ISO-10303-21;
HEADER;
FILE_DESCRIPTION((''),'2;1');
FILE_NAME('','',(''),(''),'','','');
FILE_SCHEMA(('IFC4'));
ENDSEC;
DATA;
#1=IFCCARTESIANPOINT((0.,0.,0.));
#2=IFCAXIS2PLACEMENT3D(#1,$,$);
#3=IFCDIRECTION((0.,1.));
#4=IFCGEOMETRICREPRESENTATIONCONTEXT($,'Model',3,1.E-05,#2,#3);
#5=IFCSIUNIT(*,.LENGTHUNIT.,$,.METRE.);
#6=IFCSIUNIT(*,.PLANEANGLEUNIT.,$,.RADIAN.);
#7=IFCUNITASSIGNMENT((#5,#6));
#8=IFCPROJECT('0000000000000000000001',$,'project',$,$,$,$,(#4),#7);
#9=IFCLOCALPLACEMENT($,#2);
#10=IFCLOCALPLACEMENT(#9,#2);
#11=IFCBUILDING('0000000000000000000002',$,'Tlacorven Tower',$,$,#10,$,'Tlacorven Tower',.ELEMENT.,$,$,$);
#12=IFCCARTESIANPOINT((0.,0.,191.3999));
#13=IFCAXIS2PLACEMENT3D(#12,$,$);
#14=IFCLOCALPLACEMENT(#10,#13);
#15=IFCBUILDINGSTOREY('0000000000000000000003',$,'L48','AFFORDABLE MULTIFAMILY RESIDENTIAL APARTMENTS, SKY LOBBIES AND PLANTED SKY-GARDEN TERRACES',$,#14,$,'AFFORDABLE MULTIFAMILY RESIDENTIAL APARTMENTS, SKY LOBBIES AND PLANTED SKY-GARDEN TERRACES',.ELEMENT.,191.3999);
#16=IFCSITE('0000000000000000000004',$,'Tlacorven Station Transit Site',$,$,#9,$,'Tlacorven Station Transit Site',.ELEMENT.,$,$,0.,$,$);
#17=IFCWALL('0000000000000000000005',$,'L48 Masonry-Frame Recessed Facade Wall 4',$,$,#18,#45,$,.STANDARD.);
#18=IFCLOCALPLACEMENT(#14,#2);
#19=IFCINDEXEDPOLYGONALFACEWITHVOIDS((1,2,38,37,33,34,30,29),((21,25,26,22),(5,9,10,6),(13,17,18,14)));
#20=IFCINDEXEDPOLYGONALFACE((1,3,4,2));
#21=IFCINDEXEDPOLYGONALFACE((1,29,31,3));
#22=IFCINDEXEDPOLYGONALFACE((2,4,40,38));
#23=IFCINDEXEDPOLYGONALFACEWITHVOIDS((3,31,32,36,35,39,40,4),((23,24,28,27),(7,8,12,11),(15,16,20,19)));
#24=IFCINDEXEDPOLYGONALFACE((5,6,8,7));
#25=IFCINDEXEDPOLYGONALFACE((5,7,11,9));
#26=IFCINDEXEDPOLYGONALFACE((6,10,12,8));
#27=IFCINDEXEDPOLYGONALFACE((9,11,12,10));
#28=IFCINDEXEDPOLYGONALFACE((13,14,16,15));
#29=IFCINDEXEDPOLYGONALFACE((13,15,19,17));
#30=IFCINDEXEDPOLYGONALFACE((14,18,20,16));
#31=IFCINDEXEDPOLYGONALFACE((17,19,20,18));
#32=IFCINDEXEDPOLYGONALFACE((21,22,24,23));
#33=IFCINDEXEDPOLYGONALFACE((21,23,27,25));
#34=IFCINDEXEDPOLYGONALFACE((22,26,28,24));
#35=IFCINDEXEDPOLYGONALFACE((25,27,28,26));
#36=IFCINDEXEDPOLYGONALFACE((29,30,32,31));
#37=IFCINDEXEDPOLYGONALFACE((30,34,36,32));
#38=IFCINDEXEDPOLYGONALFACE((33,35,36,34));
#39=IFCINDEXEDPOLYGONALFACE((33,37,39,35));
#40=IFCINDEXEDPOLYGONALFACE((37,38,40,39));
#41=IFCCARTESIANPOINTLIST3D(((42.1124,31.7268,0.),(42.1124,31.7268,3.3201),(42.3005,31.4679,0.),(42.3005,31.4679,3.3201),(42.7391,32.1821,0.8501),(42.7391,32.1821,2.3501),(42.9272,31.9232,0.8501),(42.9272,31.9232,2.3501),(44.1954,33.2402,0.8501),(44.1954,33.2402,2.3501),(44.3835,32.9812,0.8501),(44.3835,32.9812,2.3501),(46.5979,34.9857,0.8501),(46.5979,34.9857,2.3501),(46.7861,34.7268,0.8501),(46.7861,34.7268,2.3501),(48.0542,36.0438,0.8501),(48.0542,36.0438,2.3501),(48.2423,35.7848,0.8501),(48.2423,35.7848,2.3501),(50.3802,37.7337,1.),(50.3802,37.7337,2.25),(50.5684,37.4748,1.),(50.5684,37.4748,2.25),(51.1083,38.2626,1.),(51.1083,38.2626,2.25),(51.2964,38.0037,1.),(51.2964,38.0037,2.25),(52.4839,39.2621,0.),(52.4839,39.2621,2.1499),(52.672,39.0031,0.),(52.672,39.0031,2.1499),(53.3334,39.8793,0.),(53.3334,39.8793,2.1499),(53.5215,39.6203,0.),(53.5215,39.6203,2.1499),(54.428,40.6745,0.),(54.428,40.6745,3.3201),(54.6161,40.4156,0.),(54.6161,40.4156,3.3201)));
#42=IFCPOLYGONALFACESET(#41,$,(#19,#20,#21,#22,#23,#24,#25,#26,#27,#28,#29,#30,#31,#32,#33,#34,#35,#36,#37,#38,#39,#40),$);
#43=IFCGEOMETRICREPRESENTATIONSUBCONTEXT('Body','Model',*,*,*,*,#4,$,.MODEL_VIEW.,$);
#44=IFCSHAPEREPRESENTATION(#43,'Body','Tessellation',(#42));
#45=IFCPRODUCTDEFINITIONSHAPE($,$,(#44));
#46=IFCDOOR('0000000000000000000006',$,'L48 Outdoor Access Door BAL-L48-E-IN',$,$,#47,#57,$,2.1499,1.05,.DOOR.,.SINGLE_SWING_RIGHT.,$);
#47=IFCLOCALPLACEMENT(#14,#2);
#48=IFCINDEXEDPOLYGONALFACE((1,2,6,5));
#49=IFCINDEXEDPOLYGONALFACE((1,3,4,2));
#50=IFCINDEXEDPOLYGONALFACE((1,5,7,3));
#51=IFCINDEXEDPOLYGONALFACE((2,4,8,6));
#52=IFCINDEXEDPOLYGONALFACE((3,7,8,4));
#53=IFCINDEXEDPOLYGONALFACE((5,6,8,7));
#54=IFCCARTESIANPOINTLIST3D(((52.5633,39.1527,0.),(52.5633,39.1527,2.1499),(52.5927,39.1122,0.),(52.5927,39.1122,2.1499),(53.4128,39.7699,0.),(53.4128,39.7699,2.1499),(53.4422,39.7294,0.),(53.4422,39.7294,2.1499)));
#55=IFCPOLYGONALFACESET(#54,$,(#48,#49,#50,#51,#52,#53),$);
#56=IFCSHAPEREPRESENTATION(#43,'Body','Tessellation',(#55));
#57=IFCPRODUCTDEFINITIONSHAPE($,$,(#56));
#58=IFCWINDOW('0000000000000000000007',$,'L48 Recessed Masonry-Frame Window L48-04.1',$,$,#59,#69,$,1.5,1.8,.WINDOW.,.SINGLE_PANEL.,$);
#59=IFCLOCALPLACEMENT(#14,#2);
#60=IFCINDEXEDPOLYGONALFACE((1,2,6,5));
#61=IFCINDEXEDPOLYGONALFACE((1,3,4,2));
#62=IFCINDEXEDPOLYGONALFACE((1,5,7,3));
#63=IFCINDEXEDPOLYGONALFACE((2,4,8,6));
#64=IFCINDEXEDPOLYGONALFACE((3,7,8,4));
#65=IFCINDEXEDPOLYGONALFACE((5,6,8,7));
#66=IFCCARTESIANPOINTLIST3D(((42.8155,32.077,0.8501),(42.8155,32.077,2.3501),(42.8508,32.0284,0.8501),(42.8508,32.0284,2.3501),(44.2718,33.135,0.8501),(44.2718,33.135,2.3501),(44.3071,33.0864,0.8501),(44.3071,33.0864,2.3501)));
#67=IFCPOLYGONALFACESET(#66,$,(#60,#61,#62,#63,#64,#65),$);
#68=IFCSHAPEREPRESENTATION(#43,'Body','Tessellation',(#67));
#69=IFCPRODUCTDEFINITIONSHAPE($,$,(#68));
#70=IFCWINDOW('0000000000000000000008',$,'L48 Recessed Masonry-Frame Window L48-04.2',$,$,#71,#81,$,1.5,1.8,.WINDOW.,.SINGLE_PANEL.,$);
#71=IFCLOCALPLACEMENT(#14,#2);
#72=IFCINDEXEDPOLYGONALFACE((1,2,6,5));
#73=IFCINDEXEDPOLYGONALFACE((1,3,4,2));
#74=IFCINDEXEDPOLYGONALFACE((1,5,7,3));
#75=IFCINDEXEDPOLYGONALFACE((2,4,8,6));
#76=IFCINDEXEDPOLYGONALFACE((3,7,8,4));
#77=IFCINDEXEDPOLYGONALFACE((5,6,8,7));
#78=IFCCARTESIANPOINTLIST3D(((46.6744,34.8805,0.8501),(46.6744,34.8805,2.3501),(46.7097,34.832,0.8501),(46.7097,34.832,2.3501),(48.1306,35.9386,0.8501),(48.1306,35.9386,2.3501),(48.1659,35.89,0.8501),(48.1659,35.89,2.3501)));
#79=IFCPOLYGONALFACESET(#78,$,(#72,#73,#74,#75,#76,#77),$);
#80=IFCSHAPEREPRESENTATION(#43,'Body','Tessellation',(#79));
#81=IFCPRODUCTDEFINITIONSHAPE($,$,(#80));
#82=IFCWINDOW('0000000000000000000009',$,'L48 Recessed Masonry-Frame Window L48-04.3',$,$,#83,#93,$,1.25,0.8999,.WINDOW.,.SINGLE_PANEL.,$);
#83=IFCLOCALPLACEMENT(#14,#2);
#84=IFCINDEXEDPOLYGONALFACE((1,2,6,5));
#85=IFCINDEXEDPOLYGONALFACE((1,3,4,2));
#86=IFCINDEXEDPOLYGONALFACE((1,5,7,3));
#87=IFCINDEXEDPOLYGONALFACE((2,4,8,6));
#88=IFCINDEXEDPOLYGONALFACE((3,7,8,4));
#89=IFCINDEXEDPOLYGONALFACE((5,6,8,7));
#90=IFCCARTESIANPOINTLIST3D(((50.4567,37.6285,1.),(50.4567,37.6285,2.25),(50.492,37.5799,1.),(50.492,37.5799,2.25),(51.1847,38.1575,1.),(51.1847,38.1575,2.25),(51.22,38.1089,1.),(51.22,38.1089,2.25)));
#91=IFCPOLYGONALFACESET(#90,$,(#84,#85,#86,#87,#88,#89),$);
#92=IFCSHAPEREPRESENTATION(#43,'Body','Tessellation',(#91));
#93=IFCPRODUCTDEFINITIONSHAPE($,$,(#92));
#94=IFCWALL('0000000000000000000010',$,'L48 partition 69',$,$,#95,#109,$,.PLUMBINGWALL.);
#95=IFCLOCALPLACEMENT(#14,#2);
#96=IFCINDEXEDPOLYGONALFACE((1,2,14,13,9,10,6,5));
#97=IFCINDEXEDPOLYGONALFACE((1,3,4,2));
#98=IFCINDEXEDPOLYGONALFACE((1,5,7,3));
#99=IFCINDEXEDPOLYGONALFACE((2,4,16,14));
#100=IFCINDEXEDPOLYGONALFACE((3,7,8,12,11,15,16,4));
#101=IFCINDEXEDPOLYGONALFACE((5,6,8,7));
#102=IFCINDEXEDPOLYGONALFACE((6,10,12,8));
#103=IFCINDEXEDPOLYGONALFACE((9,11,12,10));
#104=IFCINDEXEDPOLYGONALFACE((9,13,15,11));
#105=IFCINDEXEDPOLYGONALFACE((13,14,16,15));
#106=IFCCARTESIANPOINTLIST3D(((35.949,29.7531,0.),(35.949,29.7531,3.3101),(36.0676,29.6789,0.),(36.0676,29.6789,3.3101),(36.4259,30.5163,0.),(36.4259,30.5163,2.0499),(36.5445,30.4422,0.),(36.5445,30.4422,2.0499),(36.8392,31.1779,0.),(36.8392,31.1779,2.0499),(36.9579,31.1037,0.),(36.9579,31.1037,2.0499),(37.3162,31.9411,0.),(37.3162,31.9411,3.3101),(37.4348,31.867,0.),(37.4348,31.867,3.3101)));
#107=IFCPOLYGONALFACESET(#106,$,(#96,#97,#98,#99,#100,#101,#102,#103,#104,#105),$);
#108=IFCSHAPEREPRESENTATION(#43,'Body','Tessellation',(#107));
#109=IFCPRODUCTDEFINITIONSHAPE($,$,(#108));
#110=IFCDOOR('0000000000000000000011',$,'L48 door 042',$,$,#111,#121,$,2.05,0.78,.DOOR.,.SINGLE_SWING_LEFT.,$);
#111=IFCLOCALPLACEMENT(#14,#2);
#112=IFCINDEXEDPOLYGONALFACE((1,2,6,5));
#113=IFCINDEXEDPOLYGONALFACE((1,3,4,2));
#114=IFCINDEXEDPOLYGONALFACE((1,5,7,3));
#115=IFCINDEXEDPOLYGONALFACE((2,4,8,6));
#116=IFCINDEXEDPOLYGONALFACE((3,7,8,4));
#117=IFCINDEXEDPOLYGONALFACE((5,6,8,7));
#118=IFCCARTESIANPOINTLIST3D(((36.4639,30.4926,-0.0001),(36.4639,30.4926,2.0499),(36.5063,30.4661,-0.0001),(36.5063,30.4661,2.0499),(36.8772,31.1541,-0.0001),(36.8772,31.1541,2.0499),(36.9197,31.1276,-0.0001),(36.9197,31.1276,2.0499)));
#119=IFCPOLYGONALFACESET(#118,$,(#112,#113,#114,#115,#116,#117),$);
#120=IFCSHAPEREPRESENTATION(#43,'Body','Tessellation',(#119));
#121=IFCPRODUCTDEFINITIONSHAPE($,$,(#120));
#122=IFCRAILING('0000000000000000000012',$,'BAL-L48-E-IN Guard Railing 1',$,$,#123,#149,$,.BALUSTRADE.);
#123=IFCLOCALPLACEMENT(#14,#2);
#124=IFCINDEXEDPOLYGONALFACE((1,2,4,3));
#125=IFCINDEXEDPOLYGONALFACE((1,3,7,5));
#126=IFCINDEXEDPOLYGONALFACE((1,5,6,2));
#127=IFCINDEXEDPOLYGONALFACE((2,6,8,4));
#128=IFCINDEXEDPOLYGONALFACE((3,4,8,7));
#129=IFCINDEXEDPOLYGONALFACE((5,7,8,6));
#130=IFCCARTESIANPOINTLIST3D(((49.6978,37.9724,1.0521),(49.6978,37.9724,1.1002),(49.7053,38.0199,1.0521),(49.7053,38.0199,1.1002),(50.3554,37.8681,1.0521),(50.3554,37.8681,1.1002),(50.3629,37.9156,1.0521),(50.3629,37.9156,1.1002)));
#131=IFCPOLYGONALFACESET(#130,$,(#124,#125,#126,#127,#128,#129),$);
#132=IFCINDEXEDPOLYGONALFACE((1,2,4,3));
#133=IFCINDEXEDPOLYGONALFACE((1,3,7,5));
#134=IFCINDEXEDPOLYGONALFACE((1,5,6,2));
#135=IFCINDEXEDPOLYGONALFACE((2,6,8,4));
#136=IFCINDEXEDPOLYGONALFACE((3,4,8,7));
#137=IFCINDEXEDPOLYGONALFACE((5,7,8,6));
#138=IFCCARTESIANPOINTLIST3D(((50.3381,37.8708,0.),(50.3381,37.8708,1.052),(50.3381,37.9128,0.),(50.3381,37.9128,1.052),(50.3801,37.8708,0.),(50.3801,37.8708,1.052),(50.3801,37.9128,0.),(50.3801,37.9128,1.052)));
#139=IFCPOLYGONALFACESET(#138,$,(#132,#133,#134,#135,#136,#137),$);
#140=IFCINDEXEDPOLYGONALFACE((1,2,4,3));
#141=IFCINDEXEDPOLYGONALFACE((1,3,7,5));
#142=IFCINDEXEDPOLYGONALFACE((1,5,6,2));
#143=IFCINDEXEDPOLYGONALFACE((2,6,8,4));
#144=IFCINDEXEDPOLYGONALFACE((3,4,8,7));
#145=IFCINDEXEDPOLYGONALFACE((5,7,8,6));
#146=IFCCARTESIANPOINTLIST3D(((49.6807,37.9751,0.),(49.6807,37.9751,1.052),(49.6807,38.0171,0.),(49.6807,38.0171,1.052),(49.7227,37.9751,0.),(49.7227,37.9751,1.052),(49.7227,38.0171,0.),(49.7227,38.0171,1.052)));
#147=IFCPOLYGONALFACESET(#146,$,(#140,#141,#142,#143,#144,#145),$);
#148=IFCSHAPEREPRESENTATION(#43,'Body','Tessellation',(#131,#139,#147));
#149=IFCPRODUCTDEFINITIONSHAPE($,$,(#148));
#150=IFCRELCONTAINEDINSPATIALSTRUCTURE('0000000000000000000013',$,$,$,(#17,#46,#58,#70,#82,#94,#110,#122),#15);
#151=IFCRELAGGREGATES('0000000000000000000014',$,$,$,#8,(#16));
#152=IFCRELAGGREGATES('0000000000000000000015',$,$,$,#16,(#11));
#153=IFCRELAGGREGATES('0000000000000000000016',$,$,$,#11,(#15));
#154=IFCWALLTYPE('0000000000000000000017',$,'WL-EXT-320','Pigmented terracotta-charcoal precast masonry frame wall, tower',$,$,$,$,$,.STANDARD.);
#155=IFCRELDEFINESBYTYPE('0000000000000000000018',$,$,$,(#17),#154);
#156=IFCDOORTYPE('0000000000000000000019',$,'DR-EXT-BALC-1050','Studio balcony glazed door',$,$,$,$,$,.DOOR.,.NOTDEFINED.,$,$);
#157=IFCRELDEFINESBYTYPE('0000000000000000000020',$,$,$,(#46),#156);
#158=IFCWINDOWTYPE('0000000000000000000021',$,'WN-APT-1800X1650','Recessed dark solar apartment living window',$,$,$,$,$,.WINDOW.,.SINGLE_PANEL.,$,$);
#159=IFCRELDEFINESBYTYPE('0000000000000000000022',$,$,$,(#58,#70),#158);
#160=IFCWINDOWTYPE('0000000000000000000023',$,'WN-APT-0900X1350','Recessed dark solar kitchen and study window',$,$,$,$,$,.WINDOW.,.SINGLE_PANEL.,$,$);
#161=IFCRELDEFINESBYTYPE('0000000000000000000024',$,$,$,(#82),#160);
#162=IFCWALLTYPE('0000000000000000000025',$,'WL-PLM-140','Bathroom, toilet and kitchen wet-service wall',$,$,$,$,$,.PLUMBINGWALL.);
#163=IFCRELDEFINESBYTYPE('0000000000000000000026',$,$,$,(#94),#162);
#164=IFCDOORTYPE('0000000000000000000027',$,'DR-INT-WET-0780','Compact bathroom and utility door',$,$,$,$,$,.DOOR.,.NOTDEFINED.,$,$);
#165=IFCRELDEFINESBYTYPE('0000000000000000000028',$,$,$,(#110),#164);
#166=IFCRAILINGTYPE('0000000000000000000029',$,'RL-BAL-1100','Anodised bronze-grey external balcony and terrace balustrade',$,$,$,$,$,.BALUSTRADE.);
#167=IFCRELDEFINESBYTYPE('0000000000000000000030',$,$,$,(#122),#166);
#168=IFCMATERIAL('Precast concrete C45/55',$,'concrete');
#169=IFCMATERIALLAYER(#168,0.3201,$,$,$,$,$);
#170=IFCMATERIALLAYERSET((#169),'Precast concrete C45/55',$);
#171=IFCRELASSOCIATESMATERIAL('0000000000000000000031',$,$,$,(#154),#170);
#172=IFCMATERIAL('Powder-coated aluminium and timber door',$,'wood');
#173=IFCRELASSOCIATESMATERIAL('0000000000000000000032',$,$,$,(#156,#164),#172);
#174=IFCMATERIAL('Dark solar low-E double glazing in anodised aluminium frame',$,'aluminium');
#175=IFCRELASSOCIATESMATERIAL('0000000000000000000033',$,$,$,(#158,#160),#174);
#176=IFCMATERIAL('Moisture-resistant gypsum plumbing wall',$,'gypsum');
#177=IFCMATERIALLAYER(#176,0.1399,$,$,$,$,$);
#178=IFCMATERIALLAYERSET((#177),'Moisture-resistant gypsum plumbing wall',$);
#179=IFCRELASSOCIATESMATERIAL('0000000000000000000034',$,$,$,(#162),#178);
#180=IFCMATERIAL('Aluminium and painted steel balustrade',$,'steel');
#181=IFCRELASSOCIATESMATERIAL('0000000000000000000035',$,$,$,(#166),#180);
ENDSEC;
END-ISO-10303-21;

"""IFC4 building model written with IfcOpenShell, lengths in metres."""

from ifc_helpers import new_model, si_unit, direction, frame, frame_2d, origin, origin_2d, place, context, subcontext, project, spatial, rectangle, extrude, source, transform, mapped, material, layer, layer_set, type_object, element, fill, save


model = new_model("IFC4")

# Units and contexts
model_context = context("Model", 3, precision=1e-05, world=origin(), true_north=direction((0.0, 1.0)))
body_context = subcontext(model_context, "Body", "Model", "MODEL_VIEW")
ifc_project = project(units=[si_unit("LENGTHUNIT", "METRE"), si_unit("PLANEANGLEUNIT", "RADIAN")], contexts=[model_context])

# Site, building, storey
site_placement = place(None, origin())
site = spatial("IfcSite", under=ifc_project, at=site_placement, Name="Tlacorven Station Transit Site", LongName="Tlacorven Station Transit Site", CompositionType="ELEMENT", RefElevation=0.0)
building_placement = place(site_placement, origin())
building = spatial("IfcBuilding", under=site, at=building_placement, Name="Tlacorven Tower", LongName="Tlacorven Tower", CompositionType="ELEMENT")
storey_placement = place(building_placement, frame((0.0, 0.0, 191.3999)))
storey = spatial("IfcBuildingStorey", under=building, at=storey_placement, Name="L48", Description="AFFORDABLE MULTIFAMILY RESIDENTIAL APARTMENTS, SKY LOBBIES AND PLANTED SKY-GARDEN TERRACES", LongName="AFFORDABLE MULTIFAMILY RESIDENTIAL APARTMENTS, SKY LOBBIES AND PLANTED SKY-GARDEN TERRACES", CompositionType="ELEMENT", Elevation=191.3999)

# Wall, openings, door, windows
ifc_material_1 = material(Name="Precast concrete C45/55", Category="concrete")
ifc_layer_1 = layer(ifc_material_1, 0.3201)
ifc_layer_set_1 = layer_set([ifc_layer_1], Name="Precast concrete C45/55")
wall_type_1 = type_object("IfcWallType", Name="WL-EXT-320", Description="Pigmented terracotta-charcoal precast masonry frame wall, tower", PredefinedType="STANDARD", material=ifc_layer_set_1)
wall_1_placement = place(storey_placement, frame((42.2065, 31.5974, 0.0), z_axis=(0.0, 0.0, 1.0), x_axis=(0.80902, 0.587781, 0.0)))
wall_1 = element("IfcWall", 1, at=wall_1_placement, inside=storey, type_object=wall_type_1, Name="L48 Masonry-Frame Recessed Facade Wall 4", PredefinedType="STANDARD", context=body_context, shape_type="SweptSolid", body=[
    extrude(rectangle(XDim=15.2229, YDim=0.3201, at=frame_2d((7.6113, 0.0))), origin(), (0.0, 0.0, 1.0), 3.3201),
])
opening_1_placement = place(wall_1_placement, frame((12.8198, 0.0, 0.0)))
opening_1 = element("IfcOpeningElement", 2, at=opening_1_placement, cuts=wall_1, PredefinedType="OPENING", context=body_context, shape_type="SweptSolid", body=[
    extrude(rectangle(XDim=1.05, YDim=2.1499, at=frame_2d((0.5249, 1.075))), frame((0.0, 0.1699, 0.0), z_axis=(0.0, -1.0, 0.0), x_axis=(1.0, 0.0, 0.0)), (0.0, 0.0, 1.0), 0.3401),
])
opening_2_placement = place(wall_1_placement, frame((0.7747, 0.0, 0.8501)))
opening_2 = element("IfcOpeningElement", 3, at=opening_2_placement, cuts=wall_1, PredefinedType="OPENING", context=body_context, shape_type="SweptSolid", body=[
    extrude(rectangle(XDim=1.8, YDim=1.5, at=frame_2d((0.8999, 0.75))), frame((0.0, 0.1699, 0.0), z_axis=(0.0, -1.0, 0.0), x_axis=(1.0, 0.0, 0.0)), (0.0, 0.0, 1.0), 0.3401),
])
opening_3_placement = place(wall_1_placement, frame((5.5444, 0.0, 0.8501)))
opening_3 = element("IfcOpeningElement", 4, at=opening_3_placement, cuts=wall_1, PredefinedType="OPENING", context=body_context, shape_type="SweptSolid", body=[
    extrude(rectangle(XDim=1.8, YDim=1.5, at=frame_2d((0.8999, 0.75))), frame((0.0, 0.1699, 0.0), z_axis=(0.0, -1.0, 0.0), x_axis=(1.0, 0.0, 0.0)), (0.0, 0.0, 1.0), 0.3401),
])
opening_4_placement = place(wall_1_placement, frame((10.2195, 0.0, 1.0)))
opening_4 = element("IfcOpeningElement", 5, at=opening_4_placement, cuts=wall_1, PredefinedType="OPENING", context=body_context, shape_type="SweptSolid", body=[
    extrude(rectangle(XDim=0.8999, YDim=1.25, at=frame_2d((0.45, 0.625))), frame((0.0, 0.1699, 0.0), z_axis=(0.0, -1.0, 0.0), x_axis=(1.0, 0.0, 0.0)), (0.0, 0.0, 1.0), 0.3401),
])
ifc_material_2 = material(Name="Powder-coated aluminium and timber door", Category="wood")
door_type_1 = type_object("IfcDoorType", Name="DR-EXT-BALC-1050", Description="Studio balcony glazed door", OperationType="NOTDEFINED", PredefinedType="DOOR", material=ifc_material_2)
shared_shape_1 = source(origin(), body_context, "Body", "SweptSolid", [
    extrude(rectangle(XDim=1.05, YDim=2.1499, at=frame_2d((0.5249, 1.075))), frame((0.0, 0.0249, 0.0), z_axis=(0.0, -1.0, 0.0), x_axis=(1.0, 0.0, 0.0)), (0.0, 0.0, 1.0), 0.05),
])
door_1_placement = place(opening_1_placement, origin())
door_1 = element("IfcDoor", 6, at=door_1_placement, inside=storey, type_object=door_type_1, Name="L48 Outdoor Access Door BAL-L48-E-IN", OperationType="SINGLE_SWING_RIGHT", OverallHeight=2.1499, OverallWidth=1.05, PredefinedType="DOOR", context=body_context, shape_type="MappedRepresentation", body=[
    mapped(shared_shape_1, transform((0.0, 0.0, 0.0), scale=1.0)),
])
fill(opening_1, door_1)
ifc_material_3 = material(Name="Dark solar low-E double glazing in anodised aluminium frame", Category="aluminium")
window_type_1 = type_object("IfcWindowType", Name="WN-APT-1800X1650", Description="Recessed dark solar apartment living window", PartitioningType="SINGLE_PANEL", PredefinedType="WINDOW", material=ifc_material_3)
shared_shape_2 = source(origin(), body_context, "Body", "SweptSolid", [
    extrude(rectangle(XDim=1.8, YDim=1.5, at=frame_2d((0.8999, 0.75))), frame((0.0, 0.03, 0.0), z_axis=(0.0, -1.0, 0.0), x_axis=(1.0, 0.0, 0.0)), (0.0, 0.0, 1.0), 0.0601),
])
window_1_placement = place(opening_2_placement, origin())
window_1 = element("IfcWindow", 7, at=window_1_placement, inside=storey, type_object=window_type_1, Name="L48 Recessed Masonry-Frame Window L48-04.1", OverallHeight=1.5, OverallWidth=1.8, PartitioningType="SINGLE_PANEL", PredefinedType="WINDOW", context=body_context, shape_type="MappedRepresentation", body=[
    mapped(shared_shape_2, transform((0.0, 0.0, 0.0), scale=1.0)),
])
fill(opening_2, window_1)
window_2_placement = place(opening_3_placement, origin())
window_2 = element("IfcWindow", 8, at=window_2_placement, inside=storey, type_object=window_type_1, Name="L48 Recessed Masonry-Frame Window L48-04.2", OverallHeight=1.5, OverallWidth=1.8, PartitioningType="SINGLE_PANEL", PredefinedType="WINDOW", context=body_context, shape_type="MappedRepresentation", body=[
    mapped(shared_shape_2, transform((0.0, 0.0, 0.0), scale=1.0)),
])
fill(opening_3, window_2)
window_type_2 = type_object("IfcWindowType", Name="WN-APT-0900X1350", Description="Recessed dark solar kitchen and study window", PartitioningType="SINGLE_PANEL", PredefinedType="WINDOW", material=ifc_material_3)
shared_shape_3 = source(origin(), body_context, "Body", "SweptSolid", [
    extrude(rectangle(XDim=0.8999, YDim=1.25, at=frame_2d((0.45, 0.625))), frame((0.0, 0.03, 0.0), z_axis=(0.0, -1.0, 0.0), x_axis=(1.0, 0.0, 0.0)), (0.0, 0.0, 1.0), 0.0601),
])
window_3_placement = place(opening_4_placement, origin())
window_3 = element("IfcWindow", 9, at=window_3_placement, inside=storey, type_object=window_type_2, Name="L48 Recessed Masonry-Frame Window L48-04.3", OverallHeight=1.25, OverallWidth=0.8999, PartitioningType="SINGLE_PANEL", PredefinedType="WINDOW", context=body_context, shape_type="MappedRepresentation", body=[
    mapped(shared_shape_3, transform((0.0, 0.0, 0.0), scale=1.0)),
])
fill(opening_4, window_3)

# Wall, opening, door
ifc_material_4 = material(Name="Moisture-resistant gypsum plumbing wall", Category="gypsum")
ifc_layer_2 = layer(ifc_material_4, 0.1399)
ifc_layer_set_2 = layer_set([ifc_layer_2], Name="Moisture-resistant gypsum plumbing wall")
wall_type_2 = type_object("IfcWallType", Name="WL-PLM-140", Description="Bathroom, toilet and kitchen wet-service wall", PredefinedType="PLUMBINGWALL", material=ifc_layer_set_2)
wall_2_placement = place(storey_placement, frame((37.3755, 31.9041, 0.0), z_axis=(0.0, 0.0, 1.0), x_axis=(-0.529914, -0.848051, 0.0)))
wall_2 = element("IfcWall", 10, at=wall_2_placement, inside=storey, type_object=wall_type_2, Name="L48 partition 69", PredefinedType="PLUMBINGWALL", context=body_context, shape_type="SweptSolid", body=[
    extrude(rectangle(XDim=2.5801, YDim=0.1399, at=frame_2d((1.29, 0.0))), origin(), (0.0, 0.0, 1.0), 3.3101),
])
opening_5_placement = place(wall_2_placement, frame((0.8999, 0.0, 0.0)))
opening_5 = element("IfcOpeningElement", 11, at=opening_5_placement, cuts=wall_2, PredefinedType="OPENING", context=body_context, shape_type="SweptSolid", body=[
    extrude(rectangle(XDim=0.78, YDim=2.05, at=frame_2d((0.3901, 1.0249))), frame((0.0, 0.0801, 0.0), z_axis=(0.0, -1.0, 0.0), x_axis=(1.0, 0.0, 0.0)), (0.0, 0.0, 1.0), 0.1599),
])
door_type_2 = type_object("IfcDoorType", Name="DR-INT-WET-0780", Description="Compact bathroom and utility door", OperationType="NOTDEFINED", PredefinedType="DOOR", material=ifc_material_2)
shared_shape_4 = source(origin(), body_context, "Body", "SweptSolid", [
    extrude(rectangle(XDim=0.78, YDim=2.05, at=frame_2d((0.3901, 1.0249))), frame((0.0, 0.0249, 0.0), z_axis=(0.0, -1.0, 0.0), x_axis=(1.0, 0.0, 0.0)), (0.0, 0.0, 1.0), 0.05),
])
door_2_placement = place(opening_5_placement, origin())
door_2 = element("IfcDoor", 12, at=door_2_placement, inside=storey, type_object=door_type_2, Name="L48 door 042", OperationType="SINGLE_SWING_LEFT", OverallHeight=2.05, OverallWidth=0.78, PredefinedType="DOOR", context=body_context, shape_type="MappedRepresentation", body=[
    mapped(shared_shape_4, transform((0.0, 0.0, 0.0), scale=1.0)),
])
fill(opening_5, door_2)

# Railing
ifc_material_5 = material(Name="Aluminium and painted steel balustrade", Category="steel")
railing_type = type_object("IfcRailingType", Name="RL-BAL-1100", Description="Anodised bronze-grey external balcony and terrace balustrade", PredefinedType="BALUSTRADE", material=ifc_material_5)
shared_shape_5 = source(origin(), body_context, "Body", "SweptSolid", [
    extrude(rectangle(XDim=0.0481, YDim=0.0481, at=origin_2d()), frame((0.0, 0.0, 1.0762), z_axis=(-0.987662, 0.156603, 0.0), x_axis=(-0.156603, -0.987662, 0.0)), (0.0, 0.0, 1.0), 0.6658),
    extrude(rectangle(XDim=0.042, YDim=0.042, at=origin_2d()), origin(), (0.0, 0.0, 1.0), 1.052),
    extrude(rectangle(XDim=0.042, YDim=0.042, at=origin_2d()), frame((-0.6575, 0.1042, 0.0)), (0.0, 0.0, 1.0), 1.052),
])
railing_1_placement = place(storey_placement, frame((50.3591, 37.8918, 0.0)))
element("IfcRailing", 13, at=railing_1_placement, inside=storey, type_object=railing_type, Name="BAL-L48-E-IN Guard Railing 1", PredefinedType="BALUSTRADE", context=body_context, shape_type="MappedRepresentation", body=[
    mapped(shared_shape_5, transform((0.0, 0.0, 0.0), scale=1.0)),
])

save(model, "model.ifc")
